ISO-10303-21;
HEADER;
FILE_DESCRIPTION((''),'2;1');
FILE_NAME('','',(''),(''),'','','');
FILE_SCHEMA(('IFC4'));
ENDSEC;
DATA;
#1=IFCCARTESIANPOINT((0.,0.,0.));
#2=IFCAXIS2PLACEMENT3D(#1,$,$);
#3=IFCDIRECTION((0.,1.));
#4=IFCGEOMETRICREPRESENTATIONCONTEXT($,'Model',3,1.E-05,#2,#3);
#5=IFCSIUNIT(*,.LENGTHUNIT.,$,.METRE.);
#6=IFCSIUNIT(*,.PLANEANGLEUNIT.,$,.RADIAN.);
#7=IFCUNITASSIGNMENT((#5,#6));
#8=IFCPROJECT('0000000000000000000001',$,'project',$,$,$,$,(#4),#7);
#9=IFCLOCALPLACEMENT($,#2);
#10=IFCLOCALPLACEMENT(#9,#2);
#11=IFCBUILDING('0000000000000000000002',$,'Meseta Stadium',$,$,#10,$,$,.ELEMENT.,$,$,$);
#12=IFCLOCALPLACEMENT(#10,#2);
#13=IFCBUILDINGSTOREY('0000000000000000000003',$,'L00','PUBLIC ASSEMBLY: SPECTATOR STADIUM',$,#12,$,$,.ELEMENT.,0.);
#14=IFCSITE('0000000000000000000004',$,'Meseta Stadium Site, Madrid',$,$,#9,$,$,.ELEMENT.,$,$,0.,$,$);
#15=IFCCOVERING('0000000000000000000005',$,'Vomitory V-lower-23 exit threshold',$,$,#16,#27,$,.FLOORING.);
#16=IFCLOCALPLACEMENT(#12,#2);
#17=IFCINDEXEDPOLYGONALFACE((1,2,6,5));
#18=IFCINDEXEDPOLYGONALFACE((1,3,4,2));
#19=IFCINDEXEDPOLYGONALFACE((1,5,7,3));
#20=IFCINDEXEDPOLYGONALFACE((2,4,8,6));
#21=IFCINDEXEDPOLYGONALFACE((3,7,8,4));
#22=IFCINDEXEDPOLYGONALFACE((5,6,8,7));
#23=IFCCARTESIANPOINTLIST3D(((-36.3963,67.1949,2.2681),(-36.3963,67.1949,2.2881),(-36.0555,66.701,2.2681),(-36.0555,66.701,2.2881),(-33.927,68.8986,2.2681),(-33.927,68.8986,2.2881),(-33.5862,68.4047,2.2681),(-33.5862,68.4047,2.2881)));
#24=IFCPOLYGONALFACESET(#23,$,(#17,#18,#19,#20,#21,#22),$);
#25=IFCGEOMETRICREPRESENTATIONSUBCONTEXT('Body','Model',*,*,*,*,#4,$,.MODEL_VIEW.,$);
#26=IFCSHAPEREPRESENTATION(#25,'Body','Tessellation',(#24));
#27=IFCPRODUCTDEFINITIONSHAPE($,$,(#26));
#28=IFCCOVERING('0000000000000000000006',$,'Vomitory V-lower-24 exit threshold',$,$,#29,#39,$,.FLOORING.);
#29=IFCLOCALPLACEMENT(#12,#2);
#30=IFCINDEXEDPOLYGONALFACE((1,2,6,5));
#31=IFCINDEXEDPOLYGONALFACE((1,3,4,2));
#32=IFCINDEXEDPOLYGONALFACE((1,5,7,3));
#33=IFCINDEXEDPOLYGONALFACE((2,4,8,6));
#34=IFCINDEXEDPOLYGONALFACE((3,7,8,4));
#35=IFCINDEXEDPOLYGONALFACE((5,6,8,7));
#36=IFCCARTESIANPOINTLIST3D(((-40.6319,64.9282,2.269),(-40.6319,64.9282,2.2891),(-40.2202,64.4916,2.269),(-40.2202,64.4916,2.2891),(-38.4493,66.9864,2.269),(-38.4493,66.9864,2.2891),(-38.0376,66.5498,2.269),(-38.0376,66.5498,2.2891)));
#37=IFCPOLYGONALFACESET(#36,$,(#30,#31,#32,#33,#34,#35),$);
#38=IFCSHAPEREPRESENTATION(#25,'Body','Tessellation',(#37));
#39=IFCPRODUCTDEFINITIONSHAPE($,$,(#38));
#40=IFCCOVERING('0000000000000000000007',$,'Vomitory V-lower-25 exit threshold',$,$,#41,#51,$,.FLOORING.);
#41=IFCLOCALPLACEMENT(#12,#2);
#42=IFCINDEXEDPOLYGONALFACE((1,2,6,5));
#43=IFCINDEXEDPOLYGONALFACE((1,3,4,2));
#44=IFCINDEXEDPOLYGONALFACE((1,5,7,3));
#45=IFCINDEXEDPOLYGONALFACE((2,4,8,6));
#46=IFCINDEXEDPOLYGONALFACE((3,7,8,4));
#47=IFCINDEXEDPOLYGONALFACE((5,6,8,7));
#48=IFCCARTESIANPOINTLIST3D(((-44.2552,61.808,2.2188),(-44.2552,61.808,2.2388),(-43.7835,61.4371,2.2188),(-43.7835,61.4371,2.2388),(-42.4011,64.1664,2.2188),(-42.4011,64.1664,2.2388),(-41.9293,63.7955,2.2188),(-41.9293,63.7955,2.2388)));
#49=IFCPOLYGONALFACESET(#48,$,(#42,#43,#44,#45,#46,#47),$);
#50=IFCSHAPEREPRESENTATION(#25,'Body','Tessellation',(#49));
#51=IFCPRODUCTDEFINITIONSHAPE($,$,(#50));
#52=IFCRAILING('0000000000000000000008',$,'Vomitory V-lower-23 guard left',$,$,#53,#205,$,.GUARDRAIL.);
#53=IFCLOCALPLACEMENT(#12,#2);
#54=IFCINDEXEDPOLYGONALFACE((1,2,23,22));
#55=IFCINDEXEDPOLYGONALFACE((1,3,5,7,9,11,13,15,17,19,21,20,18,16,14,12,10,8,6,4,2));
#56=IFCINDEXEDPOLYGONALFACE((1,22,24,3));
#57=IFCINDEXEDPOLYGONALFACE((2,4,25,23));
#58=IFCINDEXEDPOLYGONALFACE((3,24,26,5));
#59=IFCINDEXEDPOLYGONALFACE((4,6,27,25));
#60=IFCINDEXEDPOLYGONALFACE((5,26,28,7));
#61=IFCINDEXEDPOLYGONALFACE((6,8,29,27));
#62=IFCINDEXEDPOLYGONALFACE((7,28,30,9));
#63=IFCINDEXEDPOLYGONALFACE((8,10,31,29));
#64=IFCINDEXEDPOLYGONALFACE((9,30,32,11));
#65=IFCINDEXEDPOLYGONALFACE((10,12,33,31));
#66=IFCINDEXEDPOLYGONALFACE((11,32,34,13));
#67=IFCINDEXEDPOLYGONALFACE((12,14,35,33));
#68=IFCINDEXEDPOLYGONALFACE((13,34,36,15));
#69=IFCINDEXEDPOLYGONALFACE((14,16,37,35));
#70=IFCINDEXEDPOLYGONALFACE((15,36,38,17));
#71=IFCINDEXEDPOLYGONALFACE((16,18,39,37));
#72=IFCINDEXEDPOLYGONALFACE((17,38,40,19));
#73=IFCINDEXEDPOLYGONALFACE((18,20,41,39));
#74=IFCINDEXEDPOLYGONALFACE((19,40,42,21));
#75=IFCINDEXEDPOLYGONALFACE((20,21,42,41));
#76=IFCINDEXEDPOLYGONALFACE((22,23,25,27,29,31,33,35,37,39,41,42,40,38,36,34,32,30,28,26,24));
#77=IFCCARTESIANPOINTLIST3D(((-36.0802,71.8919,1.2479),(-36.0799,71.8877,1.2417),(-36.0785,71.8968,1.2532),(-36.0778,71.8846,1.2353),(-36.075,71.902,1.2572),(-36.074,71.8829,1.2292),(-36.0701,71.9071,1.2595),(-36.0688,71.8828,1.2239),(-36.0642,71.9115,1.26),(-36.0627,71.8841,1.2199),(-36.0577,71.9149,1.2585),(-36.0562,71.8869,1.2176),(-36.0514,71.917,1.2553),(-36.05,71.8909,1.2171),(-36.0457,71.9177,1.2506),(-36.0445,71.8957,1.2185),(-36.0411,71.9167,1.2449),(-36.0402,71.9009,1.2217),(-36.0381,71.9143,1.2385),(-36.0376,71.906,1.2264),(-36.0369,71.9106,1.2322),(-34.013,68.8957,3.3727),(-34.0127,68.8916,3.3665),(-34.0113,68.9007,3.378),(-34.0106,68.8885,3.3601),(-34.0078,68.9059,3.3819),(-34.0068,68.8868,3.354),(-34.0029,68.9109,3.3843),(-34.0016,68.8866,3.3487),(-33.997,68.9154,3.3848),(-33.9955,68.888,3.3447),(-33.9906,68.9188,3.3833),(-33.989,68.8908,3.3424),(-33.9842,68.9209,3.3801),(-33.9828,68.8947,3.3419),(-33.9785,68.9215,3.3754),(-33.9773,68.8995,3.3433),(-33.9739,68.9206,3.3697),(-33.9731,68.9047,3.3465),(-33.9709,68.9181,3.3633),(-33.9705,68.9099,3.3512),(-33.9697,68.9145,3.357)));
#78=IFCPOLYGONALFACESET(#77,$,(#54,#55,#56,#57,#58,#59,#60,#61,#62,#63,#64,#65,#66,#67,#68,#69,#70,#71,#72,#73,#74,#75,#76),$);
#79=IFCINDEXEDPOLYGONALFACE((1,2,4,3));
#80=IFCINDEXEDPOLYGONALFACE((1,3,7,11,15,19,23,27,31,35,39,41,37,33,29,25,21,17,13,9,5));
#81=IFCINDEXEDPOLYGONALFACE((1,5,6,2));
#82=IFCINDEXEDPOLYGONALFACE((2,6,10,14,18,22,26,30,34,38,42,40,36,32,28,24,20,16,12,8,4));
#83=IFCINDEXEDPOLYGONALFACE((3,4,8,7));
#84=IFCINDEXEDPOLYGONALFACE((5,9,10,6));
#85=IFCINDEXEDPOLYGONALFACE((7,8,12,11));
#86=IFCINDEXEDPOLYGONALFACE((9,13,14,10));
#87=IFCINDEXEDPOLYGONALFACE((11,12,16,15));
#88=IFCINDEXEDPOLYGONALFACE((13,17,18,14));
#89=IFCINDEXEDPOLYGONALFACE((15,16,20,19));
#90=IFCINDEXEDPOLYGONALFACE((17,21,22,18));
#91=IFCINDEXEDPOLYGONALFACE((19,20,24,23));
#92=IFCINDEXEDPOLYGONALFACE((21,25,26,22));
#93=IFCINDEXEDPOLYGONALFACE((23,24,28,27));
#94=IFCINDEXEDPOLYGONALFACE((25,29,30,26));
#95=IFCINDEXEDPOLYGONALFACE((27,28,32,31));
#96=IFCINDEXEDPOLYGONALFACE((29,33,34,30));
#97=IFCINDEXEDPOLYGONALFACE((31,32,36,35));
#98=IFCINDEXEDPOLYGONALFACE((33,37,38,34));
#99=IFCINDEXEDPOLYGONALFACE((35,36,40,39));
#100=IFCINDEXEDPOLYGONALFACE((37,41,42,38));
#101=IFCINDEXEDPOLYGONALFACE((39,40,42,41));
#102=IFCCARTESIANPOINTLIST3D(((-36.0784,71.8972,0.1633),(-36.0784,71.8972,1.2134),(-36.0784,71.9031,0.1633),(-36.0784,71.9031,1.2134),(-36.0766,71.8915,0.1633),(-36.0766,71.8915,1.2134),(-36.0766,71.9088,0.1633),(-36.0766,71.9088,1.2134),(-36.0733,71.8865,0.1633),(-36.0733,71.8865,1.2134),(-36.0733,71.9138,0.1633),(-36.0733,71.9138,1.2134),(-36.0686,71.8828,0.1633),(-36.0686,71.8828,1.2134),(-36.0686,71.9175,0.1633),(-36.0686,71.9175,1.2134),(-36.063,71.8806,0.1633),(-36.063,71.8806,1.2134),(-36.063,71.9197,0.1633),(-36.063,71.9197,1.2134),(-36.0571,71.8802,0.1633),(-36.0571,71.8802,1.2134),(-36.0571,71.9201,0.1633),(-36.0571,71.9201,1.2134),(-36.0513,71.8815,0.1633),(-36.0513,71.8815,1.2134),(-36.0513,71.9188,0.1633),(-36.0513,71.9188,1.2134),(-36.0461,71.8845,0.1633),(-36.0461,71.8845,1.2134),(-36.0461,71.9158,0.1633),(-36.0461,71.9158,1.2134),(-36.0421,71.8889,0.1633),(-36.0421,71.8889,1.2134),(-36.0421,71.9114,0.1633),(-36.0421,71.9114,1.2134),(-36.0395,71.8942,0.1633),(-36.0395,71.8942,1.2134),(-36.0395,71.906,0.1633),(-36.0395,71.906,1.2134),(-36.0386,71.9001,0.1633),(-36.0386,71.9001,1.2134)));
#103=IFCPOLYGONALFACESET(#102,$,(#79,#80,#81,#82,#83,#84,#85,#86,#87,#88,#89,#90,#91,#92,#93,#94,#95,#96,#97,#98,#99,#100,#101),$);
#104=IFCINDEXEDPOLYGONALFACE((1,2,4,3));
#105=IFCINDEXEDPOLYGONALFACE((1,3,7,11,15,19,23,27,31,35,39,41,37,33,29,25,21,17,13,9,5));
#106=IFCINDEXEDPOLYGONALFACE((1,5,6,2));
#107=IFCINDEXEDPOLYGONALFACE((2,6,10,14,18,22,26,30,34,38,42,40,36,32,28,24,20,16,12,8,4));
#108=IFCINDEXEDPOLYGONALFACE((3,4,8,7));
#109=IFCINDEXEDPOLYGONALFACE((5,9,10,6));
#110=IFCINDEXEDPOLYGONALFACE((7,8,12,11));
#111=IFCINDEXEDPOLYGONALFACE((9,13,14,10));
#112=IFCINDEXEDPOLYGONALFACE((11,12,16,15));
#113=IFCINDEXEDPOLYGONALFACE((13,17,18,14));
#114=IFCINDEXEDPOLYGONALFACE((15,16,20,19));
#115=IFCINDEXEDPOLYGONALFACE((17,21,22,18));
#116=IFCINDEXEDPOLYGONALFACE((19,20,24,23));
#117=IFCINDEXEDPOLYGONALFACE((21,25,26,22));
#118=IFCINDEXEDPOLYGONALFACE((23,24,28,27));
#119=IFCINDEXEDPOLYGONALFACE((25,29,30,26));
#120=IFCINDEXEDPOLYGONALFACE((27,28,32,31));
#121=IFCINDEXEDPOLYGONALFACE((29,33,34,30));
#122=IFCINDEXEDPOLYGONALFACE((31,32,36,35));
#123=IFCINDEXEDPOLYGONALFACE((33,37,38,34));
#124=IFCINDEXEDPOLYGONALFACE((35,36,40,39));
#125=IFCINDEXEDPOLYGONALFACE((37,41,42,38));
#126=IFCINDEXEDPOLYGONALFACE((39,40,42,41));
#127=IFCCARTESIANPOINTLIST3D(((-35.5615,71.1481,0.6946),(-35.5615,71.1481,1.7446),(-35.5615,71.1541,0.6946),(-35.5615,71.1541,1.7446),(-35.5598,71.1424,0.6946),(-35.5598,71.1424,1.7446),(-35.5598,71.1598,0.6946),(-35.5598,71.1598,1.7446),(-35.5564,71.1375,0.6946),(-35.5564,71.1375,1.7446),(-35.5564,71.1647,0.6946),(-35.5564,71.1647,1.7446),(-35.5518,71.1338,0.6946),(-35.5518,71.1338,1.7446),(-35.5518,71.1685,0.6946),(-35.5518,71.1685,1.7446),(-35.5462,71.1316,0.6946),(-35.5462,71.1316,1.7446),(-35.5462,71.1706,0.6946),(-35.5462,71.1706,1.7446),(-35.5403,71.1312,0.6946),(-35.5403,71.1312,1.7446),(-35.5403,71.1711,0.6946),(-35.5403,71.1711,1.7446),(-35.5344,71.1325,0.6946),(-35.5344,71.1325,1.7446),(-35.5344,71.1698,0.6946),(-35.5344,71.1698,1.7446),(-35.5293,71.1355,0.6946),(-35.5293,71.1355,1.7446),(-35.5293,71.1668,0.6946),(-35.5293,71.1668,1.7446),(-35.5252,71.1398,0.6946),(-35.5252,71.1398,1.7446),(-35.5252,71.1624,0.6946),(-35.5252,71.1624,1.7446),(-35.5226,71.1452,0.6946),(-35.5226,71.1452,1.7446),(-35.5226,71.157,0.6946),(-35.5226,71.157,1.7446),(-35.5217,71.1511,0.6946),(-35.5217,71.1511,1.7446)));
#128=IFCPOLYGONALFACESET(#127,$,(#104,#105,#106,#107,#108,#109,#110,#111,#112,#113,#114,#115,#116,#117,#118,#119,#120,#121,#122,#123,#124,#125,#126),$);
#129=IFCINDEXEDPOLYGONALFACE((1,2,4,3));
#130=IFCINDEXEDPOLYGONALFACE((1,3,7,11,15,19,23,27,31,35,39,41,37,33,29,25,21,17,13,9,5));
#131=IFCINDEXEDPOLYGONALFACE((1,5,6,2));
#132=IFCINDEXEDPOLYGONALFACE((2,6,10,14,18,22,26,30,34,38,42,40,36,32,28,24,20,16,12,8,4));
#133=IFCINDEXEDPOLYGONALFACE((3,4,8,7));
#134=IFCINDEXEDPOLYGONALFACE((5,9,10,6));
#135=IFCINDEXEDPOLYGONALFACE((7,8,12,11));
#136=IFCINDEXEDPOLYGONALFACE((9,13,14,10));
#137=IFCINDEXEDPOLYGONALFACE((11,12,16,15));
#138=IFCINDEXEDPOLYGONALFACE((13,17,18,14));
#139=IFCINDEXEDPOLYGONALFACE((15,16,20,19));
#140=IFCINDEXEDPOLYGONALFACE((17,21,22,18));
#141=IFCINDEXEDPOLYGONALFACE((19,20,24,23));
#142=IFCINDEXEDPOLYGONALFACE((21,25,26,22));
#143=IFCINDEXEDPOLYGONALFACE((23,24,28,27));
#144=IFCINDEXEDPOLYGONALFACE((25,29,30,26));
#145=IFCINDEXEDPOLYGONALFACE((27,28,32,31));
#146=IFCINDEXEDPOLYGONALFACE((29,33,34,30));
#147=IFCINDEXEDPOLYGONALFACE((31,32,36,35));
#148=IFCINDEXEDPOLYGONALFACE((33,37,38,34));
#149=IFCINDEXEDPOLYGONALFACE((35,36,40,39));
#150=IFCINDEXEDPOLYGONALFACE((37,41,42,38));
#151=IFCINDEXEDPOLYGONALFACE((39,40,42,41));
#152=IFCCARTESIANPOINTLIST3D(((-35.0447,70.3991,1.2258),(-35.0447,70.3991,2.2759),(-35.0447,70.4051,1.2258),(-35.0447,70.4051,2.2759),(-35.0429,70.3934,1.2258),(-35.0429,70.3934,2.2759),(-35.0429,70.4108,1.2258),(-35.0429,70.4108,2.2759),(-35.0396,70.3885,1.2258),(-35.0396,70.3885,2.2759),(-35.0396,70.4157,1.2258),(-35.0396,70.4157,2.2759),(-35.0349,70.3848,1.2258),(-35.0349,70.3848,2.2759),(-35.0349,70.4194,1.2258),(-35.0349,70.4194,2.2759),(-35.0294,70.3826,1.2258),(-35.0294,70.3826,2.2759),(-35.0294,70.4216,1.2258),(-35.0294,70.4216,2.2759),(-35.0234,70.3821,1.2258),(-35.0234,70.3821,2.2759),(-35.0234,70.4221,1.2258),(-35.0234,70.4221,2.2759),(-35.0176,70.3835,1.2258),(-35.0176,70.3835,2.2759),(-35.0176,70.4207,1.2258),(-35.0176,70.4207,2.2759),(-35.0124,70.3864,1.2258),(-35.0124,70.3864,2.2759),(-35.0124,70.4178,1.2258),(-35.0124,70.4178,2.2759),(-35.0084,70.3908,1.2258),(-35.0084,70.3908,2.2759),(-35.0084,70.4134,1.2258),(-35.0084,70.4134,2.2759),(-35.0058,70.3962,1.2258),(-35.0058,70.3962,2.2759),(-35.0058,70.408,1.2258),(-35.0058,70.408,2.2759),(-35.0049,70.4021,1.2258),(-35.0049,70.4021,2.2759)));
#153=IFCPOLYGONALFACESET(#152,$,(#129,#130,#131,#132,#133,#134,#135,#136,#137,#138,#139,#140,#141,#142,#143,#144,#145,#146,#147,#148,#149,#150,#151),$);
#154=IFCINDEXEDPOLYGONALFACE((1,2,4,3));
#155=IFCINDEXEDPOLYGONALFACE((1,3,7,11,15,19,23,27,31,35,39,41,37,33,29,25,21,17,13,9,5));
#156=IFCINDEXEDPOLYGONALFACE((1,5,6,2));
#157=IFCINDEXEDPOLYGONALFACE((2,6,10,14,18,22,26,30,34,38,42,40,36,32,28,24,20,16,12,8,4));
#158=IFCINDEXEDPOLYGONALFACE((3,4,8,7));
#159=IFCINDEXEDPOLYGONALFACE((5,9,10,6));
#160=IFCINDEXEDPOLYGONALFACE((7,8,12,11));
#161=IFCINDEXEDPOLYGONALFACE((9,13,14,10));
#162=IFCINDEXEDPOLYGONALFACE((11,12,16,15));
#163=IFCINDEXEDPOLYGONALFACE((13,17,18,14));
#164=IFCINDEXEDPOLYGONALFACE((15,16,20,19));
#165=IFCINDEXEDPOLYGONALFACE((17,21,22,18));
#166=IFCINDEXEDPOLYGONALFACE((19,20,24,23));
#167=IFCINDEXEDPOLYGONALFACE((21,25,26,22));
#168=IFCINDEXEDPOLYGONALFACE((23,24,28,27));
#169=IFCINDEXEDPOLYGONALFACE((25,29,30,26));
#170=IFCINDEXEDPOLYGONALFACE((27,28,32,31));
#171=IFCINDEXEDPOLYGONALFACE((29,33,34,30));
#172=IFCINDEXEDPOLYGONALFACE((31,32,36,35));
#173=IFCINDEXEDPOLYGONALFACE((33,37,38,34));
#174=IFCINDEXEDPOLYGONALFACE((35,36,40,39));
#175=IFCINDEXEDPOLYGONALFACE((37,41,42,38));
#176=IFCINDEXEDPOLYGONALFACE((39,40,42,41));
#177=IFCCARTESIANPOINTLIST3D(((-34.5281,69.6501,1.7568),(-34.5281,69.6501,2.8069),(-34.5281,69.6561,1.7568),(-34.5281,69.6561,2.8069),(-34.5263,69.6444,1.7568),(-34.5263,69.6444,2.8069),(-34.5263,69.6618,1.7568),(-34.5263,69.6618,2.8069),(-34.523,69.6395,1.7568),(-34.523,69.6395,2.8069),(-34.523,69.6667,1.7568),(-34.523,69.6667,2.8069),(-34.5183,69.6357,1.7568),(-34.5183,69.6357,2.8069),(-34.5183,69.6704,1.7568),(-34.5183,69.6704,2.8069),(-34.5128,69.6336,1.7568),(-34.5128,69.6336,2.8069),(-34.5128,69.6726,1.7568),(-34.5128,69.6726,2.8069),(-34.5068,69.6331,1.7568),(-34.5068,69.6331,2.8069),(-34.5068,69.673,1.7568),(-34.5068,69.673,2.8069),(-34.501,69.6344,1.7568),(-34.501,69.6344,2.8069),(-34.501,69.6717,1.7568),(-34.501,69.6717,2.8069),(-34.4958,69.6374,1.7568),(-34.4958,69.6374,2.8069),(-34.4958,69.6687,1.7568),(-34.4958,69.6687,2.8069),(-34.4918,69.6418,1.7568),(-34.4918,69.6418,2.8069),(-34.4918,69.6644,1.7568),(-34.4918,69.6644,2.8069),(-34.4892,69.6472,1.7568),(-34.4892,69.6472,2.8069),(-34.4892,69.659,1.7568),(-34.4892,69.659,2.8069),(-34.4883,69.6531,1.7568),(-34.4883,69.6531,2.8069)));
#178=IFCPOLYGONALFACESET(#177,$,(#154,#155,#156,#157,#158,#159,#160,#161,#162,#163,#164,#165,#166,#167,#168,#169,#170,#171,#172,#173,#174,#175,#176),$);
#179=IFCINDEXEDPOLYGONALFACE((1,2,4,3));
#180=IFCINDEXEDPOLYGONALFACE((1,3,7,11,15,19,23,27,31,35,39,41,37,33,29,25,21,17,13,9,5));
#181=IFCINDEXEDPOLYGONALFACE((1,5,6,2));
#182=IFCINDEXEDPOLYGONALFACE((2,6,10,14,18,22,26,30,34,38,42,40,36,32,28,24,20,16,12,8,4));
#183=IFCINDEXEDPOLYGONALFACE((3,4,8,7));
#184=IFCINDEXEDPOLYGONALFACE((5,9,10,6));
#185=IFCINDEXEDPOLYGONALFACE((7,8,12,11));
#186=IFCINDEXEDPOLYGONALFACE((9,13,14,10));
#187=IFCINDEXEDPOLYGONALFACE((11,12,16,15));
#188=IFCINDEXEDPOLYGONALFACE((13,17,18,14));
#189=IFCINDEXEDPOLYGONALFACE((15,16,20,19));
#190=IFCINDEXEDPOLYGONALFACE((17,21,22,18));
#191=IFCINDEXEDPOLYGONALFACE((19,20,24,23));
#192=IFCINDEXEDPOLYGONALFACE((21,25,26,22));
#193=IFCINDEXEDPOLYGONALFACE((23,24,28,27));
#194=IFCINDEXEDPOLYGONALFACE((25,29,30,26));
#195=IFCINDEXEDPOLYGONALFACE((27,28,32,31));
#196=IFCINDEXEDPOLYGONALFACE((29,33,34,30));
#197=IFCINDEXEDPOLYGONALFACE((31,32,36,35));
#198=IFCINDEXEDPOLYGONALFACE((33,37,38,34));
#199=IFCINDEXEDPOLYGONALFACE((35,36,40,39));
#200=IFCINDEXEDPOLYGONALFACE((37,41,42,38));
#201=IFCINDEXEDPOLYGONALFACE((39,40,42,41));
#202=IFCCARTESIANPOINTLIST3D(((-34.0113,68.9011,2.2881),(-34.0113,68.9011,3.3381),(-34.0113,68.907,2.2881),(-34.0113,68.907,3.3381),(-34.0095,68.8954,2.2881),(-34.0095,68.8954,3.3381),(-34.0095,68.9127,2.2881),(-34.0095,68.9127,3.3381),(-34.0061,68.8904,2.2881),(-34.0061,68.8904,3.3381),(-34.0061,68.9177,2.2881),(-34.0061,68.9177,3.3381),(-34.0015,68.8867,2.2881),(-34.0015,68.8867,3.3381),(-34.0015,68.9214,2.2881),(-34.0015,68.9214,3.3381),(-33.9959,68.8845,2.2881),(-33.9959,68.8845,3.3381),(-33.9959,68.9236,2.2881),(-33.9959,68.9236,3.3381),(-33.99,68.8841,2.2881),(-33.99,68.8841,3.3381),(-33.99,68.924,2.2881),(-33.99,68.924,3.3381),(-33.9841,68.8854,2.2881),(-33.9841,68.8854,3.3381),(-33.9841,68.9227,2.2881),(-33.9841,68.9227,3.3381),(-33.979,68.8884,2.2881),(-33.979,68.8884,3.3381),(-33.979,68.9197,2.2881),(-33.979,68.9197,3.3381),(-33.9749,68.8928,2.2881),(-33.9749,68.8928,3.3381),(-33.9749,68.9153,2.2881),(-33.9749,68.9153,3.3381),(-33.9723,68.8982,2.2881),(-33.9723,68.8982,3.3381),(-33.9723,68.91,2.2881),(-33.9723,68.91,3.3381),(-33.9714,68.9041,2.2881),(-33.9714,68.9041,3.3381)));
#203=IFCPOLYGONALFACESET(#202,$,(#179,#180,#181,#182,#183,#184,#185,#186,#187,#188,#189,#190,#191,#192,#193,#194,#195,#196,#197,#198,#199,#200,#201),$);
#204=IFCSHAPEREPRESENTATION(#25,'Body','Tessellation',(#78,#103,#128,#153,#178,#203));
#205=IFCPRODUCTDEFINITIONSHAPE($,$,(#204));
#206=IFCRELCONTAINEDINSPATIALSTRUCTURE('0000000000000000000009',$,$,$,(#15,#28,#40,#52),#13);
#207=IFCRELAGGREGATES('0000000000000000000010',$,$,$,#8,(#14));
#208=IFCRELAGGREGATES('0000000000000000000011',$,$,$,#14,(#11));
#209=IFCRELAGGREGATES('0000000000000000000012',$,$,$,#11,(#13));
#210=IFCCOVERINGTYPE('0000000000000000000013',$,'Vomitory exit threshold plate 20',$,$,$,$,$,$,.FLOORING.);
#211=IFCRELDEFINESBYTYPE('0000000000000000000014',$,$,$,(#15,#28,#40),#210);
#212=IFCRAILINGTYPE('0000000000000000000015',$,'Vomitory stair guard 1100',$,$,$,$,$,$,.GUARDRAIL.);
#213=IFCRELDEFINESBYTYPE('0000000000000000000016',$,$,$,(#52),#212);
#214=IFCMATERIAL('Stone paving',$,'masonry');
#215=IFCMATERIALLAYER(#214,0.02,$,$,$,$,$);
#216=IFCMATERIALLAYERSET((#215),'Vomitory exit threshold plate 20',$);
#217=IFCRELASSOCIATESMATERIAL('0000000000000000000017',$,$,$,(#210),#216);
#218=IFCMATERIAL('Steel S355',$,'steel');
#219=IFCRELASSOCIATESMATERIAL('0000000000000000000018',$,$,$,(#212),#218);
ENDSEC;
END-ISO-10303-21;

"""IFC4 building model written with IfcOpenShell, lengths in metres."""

from ifc_helpers import new_model, si_unit, direction, frame, origin, origin_2d, place, context, subcontext, project, spatial, rectangle, circle, extrude, material, layer, layer_set, type_object, element, save


model = new_model("IFC4")

# Units and contexts
model_context = context("Model", 3, precision=1e-05, world=origin(), true_north=direction((0.0, 1.0)))
body_context = subcontext(model_context, "Body", "Model", "MODEL_VIEW")
ifc_project = project(units=[si_unit("LENGTHUNIT", "METRE"), si_unit("PLANEANGLEUNIT", "RADIAN")], contexts=[model_context])

# Site, building, storey
site_placement = place(None, origin())
site = spatial("IfcSite", under=ifc_project, at=site_placement, Name="Meseta Stadium Site, Madrid", CompositionType="ELEMENT", RefElevation=0.0)
building_placement = place(site_placement, origin())
building = spatial("IfcBuilding", under=site, at=building_placement, Name="Meseta Stadium", CompositionType="ELEMENT")
storey_placement = place(building_placement, origin())
storey = spatial("IfcBuildingStorey", under=building, at=storey_placement, Name="L00", Description="PUBLIC ASSEMBLY: SPECTATOR STADIUM", CompositionType="ELEMENT", Elevation=0.0)

# Coverings
ifc_material_1 = material(Name="Stone paving", Category="masonry")
ifc_layer = layer(ifc_material_1, 0.02)
ifc_layer_set = layer_set([ifc_layer], Name="Vomitory exit threshold plate 20")
covering_type = type_object("IfcCoveringType", Name="Vomitory exit threshold plate 20", PredefinedType="FLOORING", material=ifc_layer_set)
for number, where, z_axis, x_axis, name in (
    (1, (-34.9912, 67.7998, 2.2681), (0.0, 0.0, 1.0), (0.5679, -0.823098, 0.0), "Vomitory V-lower-23 exit threshold"),
    (2, (-39.3347, 65.739, 2.269), (0.0, 0.0, 1.0), (0.686065, -0.727541, 0.0), "Vomitory V-lower-24 exit threshold"),
    (3, (-43.0923, 62.8018, 2.2188), (0.0, 0.0, 1.0), (0.786142, -0.618046, 0.0), "Vomitory V-lower-25 exit threshold"),
):
    element("IfcCovering", number, at=place(storey_placement, frame(where, z_axis=z_axis, x_axis=x_axis)), inside=storey, type_object=covering_type, Name=name, PredefinedType="FLOORING", context=body_context, shape_type="SweptSolid", body=[
        extrude(rectangle(XDim=0.6001, YDim=3.0, at=origin_2d()), origin(), (0.0, 0.0, 1.0), 0.02),
    ])

# Railing
ifc_material_2 = material(Name="Steel S355", Category="steel")
railing_type_1 = type_object("IfcRailingType", Name="Vomitory stair guard 1100", PredefinedType="GUARDRAIL", material=ifc_material_2)
for number, where, name in (
    (4, (-36.0586, 71.9001, 0.1633), "Vomitory V-lower-23 guard left"),
):
    element("IfcRailing", number, at=place(storey_placement, frame(where)), inside=storey, type_object=railing_type_1, Name=name, PredefinedType="GUARDRAIL", context=body_context, shape_type="SweptSolid", body=[
        extrude(circle(Radius=0.0249, at=origin_2d()), frame((0.0, 0.0, 1.0752), z_axis=(0.490452, -0.710857, 0.504122), x_axis=(0.823101, 0.567894, 0.0)), (0.0, 0.0, 1.0), 4.2148),
        extrude(circle(Radius=0.02, at=origin_2d()), origin(), (0.0, 0.0, 1.0), 1.05),
        extrude(circle(Radius=0.02, at=origin_2d()), frame((0.5168, -0.749, 0.5312)), (0.0, 0.0, 1.0), 1.05),
        extrude(circle(Radius=0.02, at=origin_2d()), frame((1.0337, -1.498, 1.0625)), (0.0, 0.0, 1.0), 1.05),
        extrude(circle(Radius=0.02, at=origin_2d()), frame((1.5503, -2.2471, 1.5935)), (0.0, 0.0, 1.0), 1.05),
        extrude(circle(Radius=0.02, at=origin_2d()), frame((2.0671, -2.9961, 2.1248)), (0.0, 0.0, 1.0), 1.05),
    ])

save(model, "model.ifc")
